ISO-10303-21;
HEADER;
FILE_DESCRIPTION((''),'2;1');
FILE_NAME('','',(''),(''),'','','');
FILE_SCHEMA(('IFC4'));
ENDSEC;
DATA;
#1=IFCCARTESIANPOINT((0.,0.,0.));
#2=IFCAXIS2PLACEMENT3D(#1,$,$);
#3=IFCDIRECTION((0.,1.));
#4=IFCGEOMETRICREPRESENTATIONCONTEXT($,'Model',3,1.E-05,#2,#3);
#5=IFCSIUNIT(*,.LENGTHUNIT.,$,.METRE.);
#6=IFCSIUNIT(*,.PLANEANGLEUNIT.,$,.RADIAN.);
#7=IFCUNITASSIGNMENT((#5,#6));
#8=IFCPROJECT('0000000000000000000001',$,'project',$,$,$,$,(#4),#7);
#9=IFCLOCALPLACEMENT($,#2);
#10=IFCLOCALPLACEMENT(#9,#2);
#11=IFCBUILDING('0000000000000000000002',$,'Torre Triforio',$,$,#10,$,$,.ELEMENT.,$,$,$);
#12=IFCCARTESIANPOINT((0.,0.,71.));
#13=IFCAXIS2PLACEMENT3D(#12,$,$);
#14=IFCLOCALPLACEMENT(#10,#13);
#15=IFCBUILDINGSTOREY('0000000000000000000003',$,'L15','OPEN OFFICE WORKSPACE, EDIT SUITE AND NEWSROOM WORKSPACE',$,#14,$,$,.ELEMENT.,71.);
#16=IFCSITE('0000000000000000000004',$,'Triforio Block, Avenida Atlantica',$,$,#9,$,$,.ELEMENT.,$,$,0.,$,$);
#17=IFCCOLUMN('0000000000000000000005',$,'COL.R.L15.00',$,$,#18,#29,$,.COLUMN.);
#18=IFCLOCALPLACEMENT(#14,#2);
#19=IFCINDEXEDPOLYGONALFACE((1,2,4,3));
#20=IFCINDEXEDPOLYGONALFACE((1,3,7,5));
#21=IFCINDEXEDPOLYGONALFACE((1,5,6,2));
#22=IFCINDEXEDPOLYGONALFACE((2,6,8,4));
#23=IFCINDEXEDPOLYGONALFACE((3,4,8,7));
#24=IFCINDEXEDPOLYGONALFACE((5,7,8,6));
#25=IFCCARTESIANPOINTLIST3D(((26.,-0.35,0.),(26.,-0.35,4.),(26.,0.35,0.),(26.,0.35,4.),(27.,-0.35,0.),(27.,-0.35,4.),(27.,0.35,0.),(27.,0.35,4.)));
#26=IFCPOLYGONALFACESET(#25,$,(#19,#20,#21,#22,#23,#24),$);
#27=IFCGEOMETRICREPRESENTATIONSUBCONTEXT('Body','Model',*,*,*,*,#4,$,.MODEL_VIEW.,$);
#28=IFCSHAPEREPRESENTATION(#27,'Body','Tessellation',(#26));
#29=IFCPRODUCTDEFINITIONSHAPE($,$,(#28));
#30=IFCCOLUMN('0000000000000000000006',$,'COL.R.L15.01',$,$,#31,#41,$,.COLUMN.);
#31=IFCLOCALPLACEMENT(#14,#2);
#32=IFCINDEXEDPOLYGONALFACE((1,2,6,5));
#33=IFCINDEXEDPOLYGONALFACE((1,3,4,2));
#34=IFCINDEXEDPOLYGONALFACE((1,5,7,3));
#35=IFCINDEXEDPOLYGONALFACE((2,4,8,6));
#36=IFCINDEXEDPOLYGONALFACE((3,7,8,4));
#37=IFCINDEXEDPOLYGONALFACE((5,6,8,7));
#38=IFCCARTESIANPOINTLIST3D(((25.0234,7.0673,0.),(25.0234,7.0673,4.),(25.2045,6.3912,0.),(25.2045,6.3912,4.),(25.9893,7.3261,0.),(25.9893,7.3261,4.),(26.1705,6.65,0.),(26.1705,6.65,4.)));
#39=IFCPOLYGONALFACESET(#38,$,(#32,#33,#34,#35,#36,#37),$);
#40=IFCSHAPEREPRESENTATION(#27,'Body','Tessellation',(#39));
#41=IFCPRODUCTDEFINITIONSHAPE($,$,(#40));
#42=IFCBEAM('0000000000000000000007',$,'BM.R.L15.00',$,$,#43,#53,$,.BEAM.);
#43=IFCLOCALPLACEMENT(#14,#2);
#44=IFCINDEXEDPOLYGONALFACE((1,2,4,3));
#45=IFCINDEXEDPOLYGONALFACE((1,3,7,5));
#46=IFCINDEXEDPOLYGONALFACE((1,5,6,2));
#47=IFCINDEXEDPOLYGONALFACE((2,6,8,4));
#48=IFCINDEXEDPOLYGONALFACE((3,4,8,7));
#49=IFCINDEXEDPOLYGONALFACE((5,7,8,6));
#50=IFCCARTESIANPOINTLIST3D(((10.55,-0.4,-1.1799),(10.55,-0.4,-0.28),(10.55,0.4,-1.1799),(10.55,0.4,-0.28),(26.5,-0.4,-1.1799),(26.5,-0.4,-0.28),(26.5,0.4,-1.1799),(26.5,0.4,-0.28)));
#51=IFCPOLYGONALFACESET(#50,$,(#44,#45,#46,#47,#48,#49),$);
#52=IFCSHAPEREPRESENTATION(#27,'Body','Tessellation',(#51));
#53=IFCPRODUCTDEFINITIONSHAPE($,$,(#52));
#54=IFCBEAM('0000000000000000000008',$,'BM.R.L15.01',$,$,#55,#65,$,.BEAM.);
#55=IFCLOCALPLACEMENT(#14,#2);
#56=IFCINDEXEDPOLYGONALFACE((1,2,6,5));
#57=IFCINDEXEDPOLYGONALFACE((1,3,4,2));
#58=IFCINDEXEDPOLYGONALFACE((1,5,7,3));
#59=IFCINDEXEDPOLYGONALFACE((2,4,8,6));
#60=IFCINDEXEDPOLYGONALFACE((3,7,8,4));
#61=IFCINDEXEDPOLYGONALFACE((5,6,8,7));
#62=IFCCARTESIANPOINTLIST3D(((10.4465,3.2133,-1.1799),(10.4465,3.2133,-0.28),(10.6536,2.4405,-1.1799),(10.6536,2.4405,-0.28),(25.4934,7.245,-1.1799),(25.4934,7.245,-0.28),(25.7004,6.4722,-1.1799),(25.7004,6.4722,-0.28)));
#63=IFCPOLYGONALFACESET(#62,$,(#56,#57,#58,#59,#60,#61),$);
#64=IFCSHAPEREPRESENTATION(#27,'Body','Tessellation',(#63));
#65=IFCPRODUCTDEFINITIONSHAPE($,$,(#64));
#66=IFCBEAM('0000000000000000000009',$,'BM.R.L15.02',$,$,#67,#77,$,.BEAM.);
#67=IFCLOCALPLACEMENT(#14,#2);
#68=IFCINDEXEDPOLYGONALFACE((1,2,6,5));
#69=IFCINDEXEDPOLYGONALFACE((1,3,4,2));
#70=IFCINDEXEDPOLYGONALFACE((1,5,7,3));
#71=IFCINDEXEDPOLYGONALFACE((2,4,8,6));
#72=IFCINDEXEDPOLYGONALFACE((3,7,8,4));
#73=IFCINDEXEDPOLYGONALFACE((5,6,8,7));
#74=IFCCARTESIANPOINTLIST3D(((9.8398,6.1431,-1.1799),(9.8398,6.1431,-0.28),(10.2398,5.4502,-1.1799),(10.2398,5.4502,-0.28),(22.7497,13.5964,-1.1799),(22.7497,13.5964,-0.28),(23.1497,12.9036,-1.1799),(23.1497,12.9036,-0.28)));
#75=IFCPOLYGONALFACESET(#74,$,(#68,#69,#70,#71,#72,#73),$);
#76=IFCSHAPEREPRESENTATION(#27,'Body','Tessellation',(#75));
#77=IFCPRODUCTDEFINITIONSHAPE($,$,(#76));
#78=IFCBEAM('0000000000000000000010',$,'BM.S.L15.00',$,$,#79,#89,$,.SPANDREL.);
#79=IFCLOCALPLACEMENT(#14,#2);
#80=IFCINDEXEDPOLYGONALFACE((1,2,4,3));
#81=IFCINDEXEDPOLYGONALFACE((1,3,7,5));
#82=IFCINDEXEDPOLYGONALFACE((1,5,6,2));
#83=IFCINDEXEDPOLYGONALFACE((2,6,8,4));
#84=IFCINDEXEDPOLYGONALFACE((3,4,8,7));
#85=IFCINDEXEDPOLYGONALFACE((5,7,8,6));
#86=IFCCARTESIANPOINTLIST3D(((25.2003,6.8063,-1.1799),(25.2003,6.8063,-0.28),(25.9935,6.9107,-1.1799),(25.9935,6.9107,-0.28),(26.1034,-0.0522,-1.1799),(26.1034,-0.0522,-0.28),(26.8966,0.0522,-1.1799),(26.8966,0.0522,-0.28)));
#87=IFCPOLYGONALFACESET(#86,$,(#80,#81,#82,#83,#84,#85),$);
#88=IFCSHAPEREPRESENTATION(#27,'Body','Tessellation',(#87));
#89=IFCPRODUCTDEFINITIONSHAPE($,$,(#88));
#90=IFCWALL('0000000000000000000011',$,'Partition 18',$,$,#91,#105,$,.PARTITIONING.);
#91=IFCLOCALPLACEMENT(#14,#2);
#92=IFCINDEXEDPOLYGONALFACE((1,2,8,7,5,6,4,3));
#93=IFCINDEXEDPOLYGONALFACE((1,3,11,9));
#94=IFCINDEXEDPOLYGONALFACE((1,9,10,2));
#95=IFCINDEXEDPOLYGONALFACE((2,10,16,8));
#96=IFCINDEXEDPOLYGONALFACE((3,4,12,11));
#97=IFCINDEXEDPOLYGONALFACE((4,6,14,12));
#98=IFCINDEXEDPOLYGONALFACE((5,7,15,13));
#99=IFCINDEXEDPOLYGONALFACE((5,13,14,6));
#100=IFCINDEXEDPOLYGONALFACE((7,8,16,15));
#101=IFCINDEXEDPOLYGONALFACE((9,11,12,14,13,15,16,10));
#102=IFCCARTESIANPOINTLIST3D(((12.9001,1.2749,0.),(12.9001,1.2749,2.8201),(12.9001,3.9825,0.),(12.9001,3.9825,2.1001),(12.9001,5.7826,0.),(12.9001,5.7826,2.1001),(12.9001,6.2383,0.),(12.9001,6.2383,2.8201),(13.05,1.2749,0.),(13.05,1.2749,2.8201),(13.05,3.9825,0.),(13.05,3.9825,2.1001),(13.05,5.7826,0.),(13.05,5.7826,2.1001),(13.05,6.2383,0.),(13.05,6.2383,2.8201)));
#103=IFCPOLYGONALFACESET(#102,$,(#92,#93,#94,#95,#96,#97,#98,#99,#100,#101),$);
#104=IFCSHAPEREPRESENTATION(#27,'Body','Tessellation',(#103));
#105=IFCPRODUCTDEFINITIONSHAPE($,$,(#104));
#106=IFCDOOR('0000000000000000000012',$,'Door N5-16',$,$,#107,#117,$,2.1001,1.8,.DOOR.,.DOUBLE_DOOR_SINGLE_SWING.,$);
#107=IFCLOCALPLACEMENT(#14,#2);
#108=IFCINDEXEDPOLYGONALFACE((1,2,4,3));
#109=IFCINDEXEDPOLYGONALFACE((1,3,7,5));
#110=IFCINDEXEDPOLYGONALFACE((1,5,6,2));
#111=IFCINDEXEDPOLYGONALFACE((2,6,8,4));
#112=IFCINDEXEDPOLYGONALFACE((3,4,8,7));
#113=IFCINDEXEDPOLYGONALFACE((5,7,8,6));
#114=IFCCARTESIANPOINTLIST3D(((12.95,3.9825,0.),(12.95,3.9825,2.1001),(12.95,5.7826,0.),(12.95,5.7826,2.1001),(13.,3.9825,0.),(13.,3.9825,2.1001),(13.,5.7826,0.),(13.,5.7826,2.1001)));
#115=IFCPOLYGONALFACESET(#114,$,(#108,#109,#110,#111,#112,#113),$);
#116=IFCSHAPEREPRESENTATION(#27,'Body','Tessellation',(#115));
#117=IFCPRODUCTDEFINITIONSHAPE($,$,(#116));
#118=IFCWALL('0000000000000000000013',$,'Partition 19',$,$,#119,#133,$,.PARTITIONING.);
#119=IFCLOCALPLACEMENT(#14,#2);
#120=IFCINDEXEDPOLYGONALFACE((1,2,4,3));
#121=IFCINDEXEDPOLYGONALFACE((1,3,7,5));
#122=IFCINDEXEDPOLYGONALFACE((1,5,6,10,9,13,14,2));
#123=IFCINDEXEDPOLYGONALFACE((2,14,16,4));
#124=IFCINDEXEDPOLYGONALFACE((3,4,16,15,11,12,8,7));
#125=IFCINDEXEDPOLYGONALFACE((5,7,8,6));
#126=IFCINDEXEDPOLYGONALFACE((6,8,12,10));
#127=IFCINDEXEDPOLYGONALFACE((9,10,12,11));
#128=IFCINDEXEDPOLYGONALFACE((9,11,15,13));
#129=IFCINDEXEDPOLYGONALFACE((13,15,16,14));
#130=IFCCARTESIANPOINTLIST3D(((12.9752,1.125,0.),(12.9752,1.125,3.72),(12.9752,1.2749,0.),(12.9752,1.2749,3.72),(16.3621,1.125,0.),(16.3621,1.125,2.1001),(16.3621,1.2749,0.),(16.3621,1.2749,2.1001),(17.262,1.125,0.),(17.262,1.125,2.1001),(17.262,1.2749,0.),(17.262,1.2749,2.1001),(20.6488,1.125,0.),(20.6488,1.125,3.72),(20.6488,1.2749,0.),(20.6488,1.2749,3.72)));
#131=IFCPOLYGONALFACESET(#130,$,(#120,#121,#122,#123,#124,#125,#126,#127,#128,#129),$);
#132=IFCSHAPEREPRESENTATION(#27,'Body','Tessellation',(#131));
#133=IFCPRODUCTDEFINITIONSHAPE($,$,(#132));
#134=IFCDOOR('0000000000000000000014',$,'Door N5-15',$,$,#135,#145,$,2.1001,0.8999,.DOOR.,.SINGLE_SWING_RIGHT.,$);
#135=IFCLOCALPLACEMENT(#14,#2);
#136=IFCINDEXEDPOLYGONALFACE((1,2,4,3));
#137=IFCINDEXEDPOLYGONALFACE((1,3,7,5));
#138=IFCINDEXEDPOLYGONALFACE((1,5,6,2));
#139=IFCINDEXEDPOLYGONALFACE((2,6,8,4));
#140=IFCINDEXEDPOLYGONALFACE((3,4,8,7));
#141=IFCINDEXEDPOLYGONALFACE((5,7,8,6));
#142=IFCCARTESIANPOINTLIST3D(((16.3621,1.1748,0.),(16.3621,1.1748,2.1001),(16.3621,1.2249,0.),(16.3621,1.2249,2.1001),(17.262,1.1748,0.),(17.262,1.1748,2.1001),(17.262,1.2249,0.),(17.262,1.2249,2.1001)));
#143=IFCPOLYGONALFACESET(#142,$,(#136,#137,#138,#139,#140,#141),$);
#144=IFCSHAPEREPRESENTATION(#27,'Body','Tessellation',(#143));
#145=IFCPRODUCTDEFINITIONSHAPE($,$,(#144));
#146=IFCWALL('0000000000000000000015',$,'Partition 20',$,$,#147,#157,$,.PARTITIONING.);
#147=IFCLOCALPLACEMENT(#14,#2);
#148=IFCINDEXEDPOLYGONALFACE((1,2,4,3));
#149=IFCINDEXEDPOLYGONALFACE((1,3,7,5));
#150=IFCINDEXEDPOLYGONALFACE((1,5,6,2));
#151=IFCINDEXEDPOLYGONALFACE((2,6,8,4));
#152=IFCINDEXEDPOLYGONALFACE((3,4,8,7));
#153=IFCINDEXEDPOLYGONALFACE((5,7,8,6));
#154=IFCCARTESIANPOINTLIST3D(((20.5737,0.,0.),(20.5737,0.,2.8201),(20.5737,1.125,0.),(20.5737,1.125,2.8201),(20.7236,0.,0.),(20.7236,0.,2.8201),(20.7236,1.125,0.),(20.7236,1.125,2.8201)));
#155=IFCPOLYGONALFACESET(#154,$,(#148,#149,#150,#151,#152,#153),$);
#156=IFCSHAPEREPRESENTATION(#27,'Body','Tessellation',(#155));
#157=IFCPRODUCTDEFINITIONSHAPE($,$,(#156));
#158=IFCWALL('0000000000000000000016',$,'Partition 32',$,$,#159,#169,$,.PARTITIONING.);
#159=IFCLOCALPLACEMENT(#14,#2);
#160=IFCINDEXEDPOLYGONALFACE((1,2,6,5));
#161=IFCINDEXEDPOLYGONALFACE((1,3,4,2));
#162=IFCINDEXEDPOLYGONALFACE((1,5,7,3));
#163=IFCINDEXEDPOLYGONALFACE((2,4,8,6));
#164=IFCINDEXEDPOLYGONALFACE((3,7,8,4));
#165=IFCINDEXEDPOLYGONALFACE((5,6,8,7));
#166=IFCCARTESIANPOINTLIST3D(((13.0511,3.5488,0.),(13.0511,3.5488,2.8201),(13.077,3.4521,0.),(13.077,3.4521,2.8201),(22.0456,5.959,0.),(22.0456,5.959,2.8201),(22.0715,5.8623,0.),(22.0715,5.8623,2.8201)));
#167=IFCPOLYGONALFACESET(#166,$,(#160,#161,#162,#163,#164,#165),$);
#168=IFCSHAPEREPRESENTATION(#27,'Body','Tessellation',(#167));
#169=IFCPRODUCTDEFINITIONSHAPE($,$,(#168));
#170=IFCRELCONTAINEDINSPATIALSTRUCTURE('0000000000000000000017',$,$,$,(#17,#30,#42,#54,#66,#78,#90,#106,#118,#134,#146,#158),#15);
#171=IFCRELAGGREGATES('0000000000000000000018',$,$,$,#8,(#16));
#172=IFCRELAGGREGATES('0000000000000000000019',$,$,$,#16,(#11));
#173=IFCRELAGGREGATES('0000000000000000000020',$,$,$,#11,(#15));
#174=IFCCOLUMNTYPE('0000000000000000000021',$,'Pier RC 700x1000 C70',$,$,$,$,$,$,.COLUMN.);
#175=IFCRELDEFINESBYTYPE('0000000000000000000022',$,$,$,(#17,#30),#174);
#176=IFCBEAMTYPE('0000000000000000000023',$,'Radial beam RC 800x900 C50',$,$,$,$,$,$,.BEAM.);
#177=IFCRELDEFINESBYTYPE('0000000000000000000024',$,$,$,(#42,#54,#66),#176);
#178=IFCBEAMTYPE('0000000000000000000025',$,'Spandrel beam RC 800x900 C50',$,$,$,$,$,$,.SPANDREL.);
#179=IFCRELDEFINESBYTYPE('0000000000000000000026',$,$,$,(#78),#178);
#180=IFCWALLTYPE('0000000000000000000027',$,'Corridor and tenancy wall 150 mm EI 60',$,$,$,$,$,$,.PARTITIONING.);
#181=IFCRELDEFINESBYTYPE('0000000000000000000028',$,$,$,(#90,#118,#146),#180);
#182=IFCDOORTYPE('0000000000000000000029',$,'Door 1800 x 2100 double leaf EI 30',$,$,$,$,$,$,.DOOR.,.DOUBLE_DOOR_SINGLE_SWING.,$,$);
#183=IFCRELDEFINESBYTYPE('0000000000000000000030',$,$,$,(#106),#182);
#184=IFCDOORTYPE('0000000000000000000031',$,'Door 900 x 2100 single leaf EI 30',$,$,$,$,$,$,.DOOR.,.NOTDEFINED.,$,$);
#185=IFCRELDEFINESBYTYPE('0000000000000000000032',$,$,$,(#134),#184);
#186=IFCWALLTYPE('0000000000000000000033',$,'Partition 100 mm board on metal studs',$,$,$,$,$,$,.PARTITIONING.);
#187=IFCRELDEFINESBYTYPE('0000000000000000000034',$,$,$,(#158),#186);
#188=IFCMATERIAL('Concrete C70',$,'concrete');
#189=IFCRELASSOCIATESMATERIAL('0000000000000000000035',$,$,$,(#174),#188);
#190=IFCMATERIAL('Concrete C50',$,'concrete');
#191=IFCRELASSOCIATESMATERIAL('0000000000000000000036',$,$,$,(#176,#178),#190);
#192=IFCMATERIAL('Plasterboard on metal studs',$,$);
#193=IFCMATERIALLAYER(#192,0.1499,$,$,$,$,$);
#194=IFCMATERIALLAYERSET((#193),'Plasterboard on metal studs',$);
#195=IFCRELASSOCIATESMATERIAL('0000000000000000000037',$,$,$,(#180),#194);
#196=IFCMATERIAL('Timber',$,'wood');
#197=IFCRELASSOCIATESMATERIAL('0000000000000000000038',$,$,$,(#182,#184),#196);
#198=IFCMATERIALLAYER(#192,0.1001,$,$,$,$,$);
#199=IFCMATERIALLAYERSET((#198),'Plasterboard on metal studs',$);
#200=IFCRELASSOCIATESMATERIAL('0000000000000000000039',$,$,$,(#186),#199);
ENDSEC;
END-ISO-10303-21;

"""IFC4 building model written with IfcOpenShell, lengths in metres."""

from ifc_helpers import new_model, si_unit, direction, frame, frame_2d, origin, origin_2d, place, context, subcontext, project, spatial, rectangle, extrude, material, layer, layer_set, material_profile, profile_set, type_object, element, fill, save


model = new_model("IFC4")

# Units and contexts
model_context = context("Model", 3, precision=1e-05, world=origin(), true_north=direction((0.0, 1.0)))
body_context = subcontext(model_context, "Body", "Model", "MODEL_VIEW")
ifc_project = project(units=[si_unit("LENGTHUNIT", "METRE"), si_unit("PLANEANGLEUNIT", "RADIAN")], contexts=[model_context])

# Site, building, storey
site_placement = place(None, origin())
site = spatial("IfcSite", under=ifc_project, at=site_placement, Name="Triforio Block, Avenida Atlantica", CompositionType="ELEMENT", RefElevation=0.0)
building_placement = place(site_placement, origin())
building = spatial("IfcBuilding", under=site, at=building_placement, Name="Torre Triforio", CompositionType="ELEMENT")
storey_placement = place(building_placement, frame((0.0, 0.0, 71.0)))
storey = spatial("IfcBuildingStorey", under=building, at=storey_placement, Name="L15", Description="OPEN OFFICE WORKSPACE, EDIT SUITE AND NEWSROOM WORKSPACE", CompositionType="ELEMENT", Elevation=71.0)

# Columns
ifc_material_1 = material(Name="Concrete C70", Category="concrete")
ifc_material_profile_1 = material_profile(ifc_material_1, rectangle(XDim=0.7, YDim=1.0, at=origin_2d()), Name="RC 700x1000")
ifc_profile_set_1 = profile_set([ifc_material_profile_1], Name="Concrete C70")
column_type = type_object("IfcColumnType", Name="Pier RC 700x1000 C70", PredefinedType="COLUMN", material=ifc_profile_set_1)
for number, where, z_axis, x_axis, name in (
    (1, (26.5, 0.0, 0.0), (0.0, 0.0, 1.0), (0.0, 1.0, 0.0), "COL.R.L15.00"),
    (2, (25.5969, 6.8586, 0.0), (0.0, 0.0, 1.0), (-0.258819, 0.965926, 0.0), "COL.R.L15.01"),
):
    element("IfcColumn", number, at=place(storey_placement, frame(where, z_axis=z_axis, x_axis=x_axis)), inside=storey, type_object=column_type, Name=name, PredefinedType="COLUMN", context=body_context, shape_type="SweptSolid", body=[
        extrude(rectangle(XDim=0.7, YDim=1.0, at=origin_2d()), origin(), (0.0, 0.0, 1.0), 4.0),
    ])

# Beams
ifc_material_2 = material(Name="Concrete C50", Category="concrete")
ifc_material_profile_2 = material_profile(ifc_material_2, rectangle(XDim=0.8, YDim=0.8999, at=origin_2d()), Name="RC 800x900")
ifc_profile_set_2 = profile_set([ifc_material_profile_2], Name="Concrete C50")
beam_type_1 = type_object("IfcBeamType", Name="Radial beam RC 800x900 C50", PredefinedType="BEAM", material=ifc_profile_set_2)
beam_1_placement = place(storey_placement, frame((10.55, 0.0, -0.73), z_axis=(1.0, 0.0, 0.0), x_axis=(0.0, 1.0, 0.0)))
element("IfcBeam", 3, at=beam_1_placement, inside=storey, type_object=beam_type_1, Name="BM.R.L15.00", PredefinedType="BEAM", context=body_context, shape_type="SweptSolid", body=[
    extrude(rectangle(XDim=0.8, YDim=0.8999, at=origin_2d()), origin(), (0.0, 0.0, 1.0), 15.95),
])
beam_2_placement = place(storey_placement, frame((10.55, 2.8269, -0.73), z_axis=(0.965927, 0.258815, 0.0), x_axis=(-0.258815, 0.965927, 0.0)))
element("IfcBeam", 4, at=beam_2_placement, inside=storey, type_object=beam_type_1, Name="BM.R.L15.01", PredefinedType="BEAM", context=body_context, shape_type="SweptSolid", body=[
    extrude(rectangle(XDim=0.8, YDim=0.8999, at=origin_2d()), origin(), (0.0, 0.0, 1.0), 15.5776),
])
beam_3_placement = place(storey_placement, frame((10.0398, 5.7966, -0.73), z_axis=(0.86603, 0.499991, 0.0), x_axis=(-0.499991, 0.86603, 0.0)))
element("IfcBeam", 5, at=beam_3_placement, inside=storey, type_object=beam_type_1, Name="BM.R.L15.02", PredefinedType="BEAM", context=body_context, shape_type="SweptSolid", body=[
    extrude(rectangle(XDim=0.8, YDim=0.8999, at=origin_2d()), origin(), (0.0, 0.0, 1.0), 14.907),
])
ifc_material_profile_3 = material_profile(ifc_material_2, rectangle(XDim=0.8, YDim=0.8999, at=origin_2d()), Name="RC 800x900")
ifc_profile_set_3 = profile_set([ifc_material_profile_3], Name="Concrete C50")
beam_type_2 = type_object("IfcBeamType", Name="Spandrel beam RC 800x900 C50", PredefinedType="SPANDREL", material=ifc_profile_set_3)
beam_4_placement = place(storey_placement, frame((26.5, 0.0, -0.73), z_axis=(-0.130543, 0.991443, 0.0), x_axis=(-0.991443, -0.130543, 0.0)))
element("IfcBeam", 6, at=beam_4_placement, inside=storey, type_object=beam_type_2, Name="BM.S.L15.00", PredefinedType="SPANDREL", context=body_context, shape_type="SweptSolid", body=[
    extrude(rectangle(XDim=0.8, YDim=0.8999, at=origin_2d()), origin(), (0.0, 0.0, 1.0), 6.9177),
])

# Walls, openings, doors
ifc_material_3 = material(Name="Plasterboard on metal studs")
ifc_layer_1 = layer(ifc_material_3, 0.1499)
ifc_layer_set_1 = layer_set([ifc_layer_1], Name="Plasterboard on metal studs")
wall_type_1 = type_object("IfcWallType", Name="Corridor and tenancy wall 150 mm EI 60", PredefinedType="PARTITIONING", material=ifc_layer_set_1)
wall_1_placement = place(storey_placement, frame((12.9751, 6.2383, 0.0), z_axis=(0.0, 0.0, 1.0), x_axis=(0.0, -1.0, 0.0)))
wall_1 = element("IfcWall", 7, at=wall_1_placement, inside=storey, type_object=wall_type_1, Name="Partition 18", PredefinedType="PARTITIONING", context=body_context, shape_type="SweptSolid", body=[
    extrude(rectangle(XDim=4.9634, YDim=0.1499, at=frame_2d((2.4817, 0.0))), origin(), (0.0, 0.0, 1.0), 2.8201),
])
opening_1_placement = place(wall_1_placement, frame((0.4558, 0.0, 0.0)))
opening_1 = element("IfcOpeningElement", 8, at=opening_1_placement, cuts=wall_1, PredefinedType="OPENING", context=body_context, shape_type="SweptSolid", body=[
    extrude(rectangle(XDim=1.8, YDim=2.1001, at=frame_2d((0.8999, 1.05))), frame((0.0, 0.085, 0.0), z_axis=(0.0, -1.0, 0.0), x_axis=(1.0, 0.0, 0.0)), (0.0, 0.0, 1.0), 0.1699),
])
ifc_material_4 = material(Name="Timber", Category="wood")
door_type_1 = type_object("IfcDoorType", Name="Door 1800 x 2100 double leaf EI 30", OperationType="DOUBLE_DOOR_SINGLE_SWING", PredefinedType="DOOR", material=ifc_material_4)
door_1_placement = place(opening_1_placement, origin())
door_1 = element("IfcDoor", 9, at=door_1_placement, inside=storey, type_object=door_type_1, Name="Door N5-16", OperationType="DOUBLE_DOOR_SINGLE_SWING", OverallHeight=2.1001, OverallWidth=1.8, PredefinedType="DOOR", context=body_context, shape_type="SweptSolid", body=[
    extrude(rectangle(XDim=1.8, YDim=2.1001, at=frame_2d((0.8999, 1.05))), frame((0.0, 0.0249, 0.0), z_axis=(0.0, -1.0, 0.0), x_axis=(1.0, 0.0, 0.0)), (0.0, 0.0, 1.0), 0.05),
])
fill(opening_1, door_1)
wall_2_placement = place(storey_placement, frame((12.9751, 1.2, 0.0), z_axis=(0.0, 0.0, 1.0), x_axis=(1.0, 0.0, 0.0)))
wall_2 = element("IfcWall", 10, at=wall_2_placement, inside=storey, type_object=wall_type_1, Name="Partition 19", PredefinedType="PARTITIONING", context=body_context, shape_type="SweptSolid", body=[
    extrude(rectangle(XDim=7.6736, YDim=0.1499, at=frame_2d((3.8369, 0.0))), origin(), (0.0, 0.0, 1.0), 3.72),
])
opening_2_placement = place(wall_2_placement, frame((3.387, 0.0, 0.0)))
opening_2 = element("IfcOpeningElement", 11, at=opening_2_placement, cuts=wall_2, PredefinedType="OPENING", context=body_context, shape_type="SweptSolid", body=[
    extrude(rectangle(XDim=0.8999, YDim=2.1001, at=frame_2d((0.45, 1.05))), frame((0.0, 0.085, 0.0), z_axis=(0.0, -1.0, 0.0), x_axis=(1.0, 0.0, 0.0)), (0.0, 0.0, 1.0), 0.1699),
])
door_type_2 = type_object("IfcDoorType", Name="Door 900 x 2100 single leaf EI 30", OperationType="NOTDEFINED", PredefinedType="DOOR", material=ifc_material_4)
door_2_placement = place(opening_2_placement, origin())
door_2 = element("IfcDoor", 12, at=door_2_placement, inside=storey, type_object=door_type_2, Name="Door N5-15", OperationType="SINGLE_SWING_RIGHT", OverallHeight=2.1001, OverallWidth=0.8999, PredefinedType="DOOR", context=body_context, shape_type="SweptSolid", body=[
    extrude(rectangle(XDim=0.8999, YDim=2.1001, at=frame_2d((0.45, 1.05))), frame((0.0, 0.0249, 0.0), z_axis=(0.0, -1.0, 0.0), x_axis=(1.0, 0.0, 0.0)), (0.0, 0.0, 1.0), 0.05),
])
fill(opening_2, door_2)

# Walls
wall_3_placement = place(storey_placement, frame((20.6487, 1.125, 0.0), z_axis=(0.0, 0.0, 1.0), x_axis=(0.0, -1.0, 0.0)))
element("IfcWall", 13, at=wall_3_placement, inside=storey, type_object=wall_type_1, Name="Partition 20", PredefinedType="PARTITIONING", context=body_context, shape_type="SweptSolid", body=[
    extrude(rectangle(XDim=1.125, YDim=0.1499, at=frame_2d((0.5625, 0.0))), origin(), (0.0, 0.0, 1.0), 2.8201),
])
ifc_layer_2 = layer(ifc_material_3, 0.1001)
ifc_layer_set_2 = layer_set([ifc_layer_2], Name="Plasterboard on metal studs")
wall_type_2 = type_object("IfcWallType", Name="Partition 100 mm board on metal studs", PredefinedType="PARTITIONING", material=ifc_layer_set_2)
wall_4_placement = place(storey_placement, frame((13.0642, 3.5005, 0.0), z_axis=(0.0, 0.0, 1.0), x_axis=(0.965923, 0.258831, 0.0)))
element("IfcWall", 14, at=wall_4_placement, inside=storey, type_object=wall_type_2, Name="Partition 32", PredefinedType="PARTITIONING", context=body_context, shape_type="SweptSolid", body=[
    extrude(rectangle(XDim=9.3118, YDim=0.1001, at=frame_2d((4.6558, 0.0))), origin(), (0.0, 0.0, 1.0), 2.8201),
])

save(model, "model.ifc")
